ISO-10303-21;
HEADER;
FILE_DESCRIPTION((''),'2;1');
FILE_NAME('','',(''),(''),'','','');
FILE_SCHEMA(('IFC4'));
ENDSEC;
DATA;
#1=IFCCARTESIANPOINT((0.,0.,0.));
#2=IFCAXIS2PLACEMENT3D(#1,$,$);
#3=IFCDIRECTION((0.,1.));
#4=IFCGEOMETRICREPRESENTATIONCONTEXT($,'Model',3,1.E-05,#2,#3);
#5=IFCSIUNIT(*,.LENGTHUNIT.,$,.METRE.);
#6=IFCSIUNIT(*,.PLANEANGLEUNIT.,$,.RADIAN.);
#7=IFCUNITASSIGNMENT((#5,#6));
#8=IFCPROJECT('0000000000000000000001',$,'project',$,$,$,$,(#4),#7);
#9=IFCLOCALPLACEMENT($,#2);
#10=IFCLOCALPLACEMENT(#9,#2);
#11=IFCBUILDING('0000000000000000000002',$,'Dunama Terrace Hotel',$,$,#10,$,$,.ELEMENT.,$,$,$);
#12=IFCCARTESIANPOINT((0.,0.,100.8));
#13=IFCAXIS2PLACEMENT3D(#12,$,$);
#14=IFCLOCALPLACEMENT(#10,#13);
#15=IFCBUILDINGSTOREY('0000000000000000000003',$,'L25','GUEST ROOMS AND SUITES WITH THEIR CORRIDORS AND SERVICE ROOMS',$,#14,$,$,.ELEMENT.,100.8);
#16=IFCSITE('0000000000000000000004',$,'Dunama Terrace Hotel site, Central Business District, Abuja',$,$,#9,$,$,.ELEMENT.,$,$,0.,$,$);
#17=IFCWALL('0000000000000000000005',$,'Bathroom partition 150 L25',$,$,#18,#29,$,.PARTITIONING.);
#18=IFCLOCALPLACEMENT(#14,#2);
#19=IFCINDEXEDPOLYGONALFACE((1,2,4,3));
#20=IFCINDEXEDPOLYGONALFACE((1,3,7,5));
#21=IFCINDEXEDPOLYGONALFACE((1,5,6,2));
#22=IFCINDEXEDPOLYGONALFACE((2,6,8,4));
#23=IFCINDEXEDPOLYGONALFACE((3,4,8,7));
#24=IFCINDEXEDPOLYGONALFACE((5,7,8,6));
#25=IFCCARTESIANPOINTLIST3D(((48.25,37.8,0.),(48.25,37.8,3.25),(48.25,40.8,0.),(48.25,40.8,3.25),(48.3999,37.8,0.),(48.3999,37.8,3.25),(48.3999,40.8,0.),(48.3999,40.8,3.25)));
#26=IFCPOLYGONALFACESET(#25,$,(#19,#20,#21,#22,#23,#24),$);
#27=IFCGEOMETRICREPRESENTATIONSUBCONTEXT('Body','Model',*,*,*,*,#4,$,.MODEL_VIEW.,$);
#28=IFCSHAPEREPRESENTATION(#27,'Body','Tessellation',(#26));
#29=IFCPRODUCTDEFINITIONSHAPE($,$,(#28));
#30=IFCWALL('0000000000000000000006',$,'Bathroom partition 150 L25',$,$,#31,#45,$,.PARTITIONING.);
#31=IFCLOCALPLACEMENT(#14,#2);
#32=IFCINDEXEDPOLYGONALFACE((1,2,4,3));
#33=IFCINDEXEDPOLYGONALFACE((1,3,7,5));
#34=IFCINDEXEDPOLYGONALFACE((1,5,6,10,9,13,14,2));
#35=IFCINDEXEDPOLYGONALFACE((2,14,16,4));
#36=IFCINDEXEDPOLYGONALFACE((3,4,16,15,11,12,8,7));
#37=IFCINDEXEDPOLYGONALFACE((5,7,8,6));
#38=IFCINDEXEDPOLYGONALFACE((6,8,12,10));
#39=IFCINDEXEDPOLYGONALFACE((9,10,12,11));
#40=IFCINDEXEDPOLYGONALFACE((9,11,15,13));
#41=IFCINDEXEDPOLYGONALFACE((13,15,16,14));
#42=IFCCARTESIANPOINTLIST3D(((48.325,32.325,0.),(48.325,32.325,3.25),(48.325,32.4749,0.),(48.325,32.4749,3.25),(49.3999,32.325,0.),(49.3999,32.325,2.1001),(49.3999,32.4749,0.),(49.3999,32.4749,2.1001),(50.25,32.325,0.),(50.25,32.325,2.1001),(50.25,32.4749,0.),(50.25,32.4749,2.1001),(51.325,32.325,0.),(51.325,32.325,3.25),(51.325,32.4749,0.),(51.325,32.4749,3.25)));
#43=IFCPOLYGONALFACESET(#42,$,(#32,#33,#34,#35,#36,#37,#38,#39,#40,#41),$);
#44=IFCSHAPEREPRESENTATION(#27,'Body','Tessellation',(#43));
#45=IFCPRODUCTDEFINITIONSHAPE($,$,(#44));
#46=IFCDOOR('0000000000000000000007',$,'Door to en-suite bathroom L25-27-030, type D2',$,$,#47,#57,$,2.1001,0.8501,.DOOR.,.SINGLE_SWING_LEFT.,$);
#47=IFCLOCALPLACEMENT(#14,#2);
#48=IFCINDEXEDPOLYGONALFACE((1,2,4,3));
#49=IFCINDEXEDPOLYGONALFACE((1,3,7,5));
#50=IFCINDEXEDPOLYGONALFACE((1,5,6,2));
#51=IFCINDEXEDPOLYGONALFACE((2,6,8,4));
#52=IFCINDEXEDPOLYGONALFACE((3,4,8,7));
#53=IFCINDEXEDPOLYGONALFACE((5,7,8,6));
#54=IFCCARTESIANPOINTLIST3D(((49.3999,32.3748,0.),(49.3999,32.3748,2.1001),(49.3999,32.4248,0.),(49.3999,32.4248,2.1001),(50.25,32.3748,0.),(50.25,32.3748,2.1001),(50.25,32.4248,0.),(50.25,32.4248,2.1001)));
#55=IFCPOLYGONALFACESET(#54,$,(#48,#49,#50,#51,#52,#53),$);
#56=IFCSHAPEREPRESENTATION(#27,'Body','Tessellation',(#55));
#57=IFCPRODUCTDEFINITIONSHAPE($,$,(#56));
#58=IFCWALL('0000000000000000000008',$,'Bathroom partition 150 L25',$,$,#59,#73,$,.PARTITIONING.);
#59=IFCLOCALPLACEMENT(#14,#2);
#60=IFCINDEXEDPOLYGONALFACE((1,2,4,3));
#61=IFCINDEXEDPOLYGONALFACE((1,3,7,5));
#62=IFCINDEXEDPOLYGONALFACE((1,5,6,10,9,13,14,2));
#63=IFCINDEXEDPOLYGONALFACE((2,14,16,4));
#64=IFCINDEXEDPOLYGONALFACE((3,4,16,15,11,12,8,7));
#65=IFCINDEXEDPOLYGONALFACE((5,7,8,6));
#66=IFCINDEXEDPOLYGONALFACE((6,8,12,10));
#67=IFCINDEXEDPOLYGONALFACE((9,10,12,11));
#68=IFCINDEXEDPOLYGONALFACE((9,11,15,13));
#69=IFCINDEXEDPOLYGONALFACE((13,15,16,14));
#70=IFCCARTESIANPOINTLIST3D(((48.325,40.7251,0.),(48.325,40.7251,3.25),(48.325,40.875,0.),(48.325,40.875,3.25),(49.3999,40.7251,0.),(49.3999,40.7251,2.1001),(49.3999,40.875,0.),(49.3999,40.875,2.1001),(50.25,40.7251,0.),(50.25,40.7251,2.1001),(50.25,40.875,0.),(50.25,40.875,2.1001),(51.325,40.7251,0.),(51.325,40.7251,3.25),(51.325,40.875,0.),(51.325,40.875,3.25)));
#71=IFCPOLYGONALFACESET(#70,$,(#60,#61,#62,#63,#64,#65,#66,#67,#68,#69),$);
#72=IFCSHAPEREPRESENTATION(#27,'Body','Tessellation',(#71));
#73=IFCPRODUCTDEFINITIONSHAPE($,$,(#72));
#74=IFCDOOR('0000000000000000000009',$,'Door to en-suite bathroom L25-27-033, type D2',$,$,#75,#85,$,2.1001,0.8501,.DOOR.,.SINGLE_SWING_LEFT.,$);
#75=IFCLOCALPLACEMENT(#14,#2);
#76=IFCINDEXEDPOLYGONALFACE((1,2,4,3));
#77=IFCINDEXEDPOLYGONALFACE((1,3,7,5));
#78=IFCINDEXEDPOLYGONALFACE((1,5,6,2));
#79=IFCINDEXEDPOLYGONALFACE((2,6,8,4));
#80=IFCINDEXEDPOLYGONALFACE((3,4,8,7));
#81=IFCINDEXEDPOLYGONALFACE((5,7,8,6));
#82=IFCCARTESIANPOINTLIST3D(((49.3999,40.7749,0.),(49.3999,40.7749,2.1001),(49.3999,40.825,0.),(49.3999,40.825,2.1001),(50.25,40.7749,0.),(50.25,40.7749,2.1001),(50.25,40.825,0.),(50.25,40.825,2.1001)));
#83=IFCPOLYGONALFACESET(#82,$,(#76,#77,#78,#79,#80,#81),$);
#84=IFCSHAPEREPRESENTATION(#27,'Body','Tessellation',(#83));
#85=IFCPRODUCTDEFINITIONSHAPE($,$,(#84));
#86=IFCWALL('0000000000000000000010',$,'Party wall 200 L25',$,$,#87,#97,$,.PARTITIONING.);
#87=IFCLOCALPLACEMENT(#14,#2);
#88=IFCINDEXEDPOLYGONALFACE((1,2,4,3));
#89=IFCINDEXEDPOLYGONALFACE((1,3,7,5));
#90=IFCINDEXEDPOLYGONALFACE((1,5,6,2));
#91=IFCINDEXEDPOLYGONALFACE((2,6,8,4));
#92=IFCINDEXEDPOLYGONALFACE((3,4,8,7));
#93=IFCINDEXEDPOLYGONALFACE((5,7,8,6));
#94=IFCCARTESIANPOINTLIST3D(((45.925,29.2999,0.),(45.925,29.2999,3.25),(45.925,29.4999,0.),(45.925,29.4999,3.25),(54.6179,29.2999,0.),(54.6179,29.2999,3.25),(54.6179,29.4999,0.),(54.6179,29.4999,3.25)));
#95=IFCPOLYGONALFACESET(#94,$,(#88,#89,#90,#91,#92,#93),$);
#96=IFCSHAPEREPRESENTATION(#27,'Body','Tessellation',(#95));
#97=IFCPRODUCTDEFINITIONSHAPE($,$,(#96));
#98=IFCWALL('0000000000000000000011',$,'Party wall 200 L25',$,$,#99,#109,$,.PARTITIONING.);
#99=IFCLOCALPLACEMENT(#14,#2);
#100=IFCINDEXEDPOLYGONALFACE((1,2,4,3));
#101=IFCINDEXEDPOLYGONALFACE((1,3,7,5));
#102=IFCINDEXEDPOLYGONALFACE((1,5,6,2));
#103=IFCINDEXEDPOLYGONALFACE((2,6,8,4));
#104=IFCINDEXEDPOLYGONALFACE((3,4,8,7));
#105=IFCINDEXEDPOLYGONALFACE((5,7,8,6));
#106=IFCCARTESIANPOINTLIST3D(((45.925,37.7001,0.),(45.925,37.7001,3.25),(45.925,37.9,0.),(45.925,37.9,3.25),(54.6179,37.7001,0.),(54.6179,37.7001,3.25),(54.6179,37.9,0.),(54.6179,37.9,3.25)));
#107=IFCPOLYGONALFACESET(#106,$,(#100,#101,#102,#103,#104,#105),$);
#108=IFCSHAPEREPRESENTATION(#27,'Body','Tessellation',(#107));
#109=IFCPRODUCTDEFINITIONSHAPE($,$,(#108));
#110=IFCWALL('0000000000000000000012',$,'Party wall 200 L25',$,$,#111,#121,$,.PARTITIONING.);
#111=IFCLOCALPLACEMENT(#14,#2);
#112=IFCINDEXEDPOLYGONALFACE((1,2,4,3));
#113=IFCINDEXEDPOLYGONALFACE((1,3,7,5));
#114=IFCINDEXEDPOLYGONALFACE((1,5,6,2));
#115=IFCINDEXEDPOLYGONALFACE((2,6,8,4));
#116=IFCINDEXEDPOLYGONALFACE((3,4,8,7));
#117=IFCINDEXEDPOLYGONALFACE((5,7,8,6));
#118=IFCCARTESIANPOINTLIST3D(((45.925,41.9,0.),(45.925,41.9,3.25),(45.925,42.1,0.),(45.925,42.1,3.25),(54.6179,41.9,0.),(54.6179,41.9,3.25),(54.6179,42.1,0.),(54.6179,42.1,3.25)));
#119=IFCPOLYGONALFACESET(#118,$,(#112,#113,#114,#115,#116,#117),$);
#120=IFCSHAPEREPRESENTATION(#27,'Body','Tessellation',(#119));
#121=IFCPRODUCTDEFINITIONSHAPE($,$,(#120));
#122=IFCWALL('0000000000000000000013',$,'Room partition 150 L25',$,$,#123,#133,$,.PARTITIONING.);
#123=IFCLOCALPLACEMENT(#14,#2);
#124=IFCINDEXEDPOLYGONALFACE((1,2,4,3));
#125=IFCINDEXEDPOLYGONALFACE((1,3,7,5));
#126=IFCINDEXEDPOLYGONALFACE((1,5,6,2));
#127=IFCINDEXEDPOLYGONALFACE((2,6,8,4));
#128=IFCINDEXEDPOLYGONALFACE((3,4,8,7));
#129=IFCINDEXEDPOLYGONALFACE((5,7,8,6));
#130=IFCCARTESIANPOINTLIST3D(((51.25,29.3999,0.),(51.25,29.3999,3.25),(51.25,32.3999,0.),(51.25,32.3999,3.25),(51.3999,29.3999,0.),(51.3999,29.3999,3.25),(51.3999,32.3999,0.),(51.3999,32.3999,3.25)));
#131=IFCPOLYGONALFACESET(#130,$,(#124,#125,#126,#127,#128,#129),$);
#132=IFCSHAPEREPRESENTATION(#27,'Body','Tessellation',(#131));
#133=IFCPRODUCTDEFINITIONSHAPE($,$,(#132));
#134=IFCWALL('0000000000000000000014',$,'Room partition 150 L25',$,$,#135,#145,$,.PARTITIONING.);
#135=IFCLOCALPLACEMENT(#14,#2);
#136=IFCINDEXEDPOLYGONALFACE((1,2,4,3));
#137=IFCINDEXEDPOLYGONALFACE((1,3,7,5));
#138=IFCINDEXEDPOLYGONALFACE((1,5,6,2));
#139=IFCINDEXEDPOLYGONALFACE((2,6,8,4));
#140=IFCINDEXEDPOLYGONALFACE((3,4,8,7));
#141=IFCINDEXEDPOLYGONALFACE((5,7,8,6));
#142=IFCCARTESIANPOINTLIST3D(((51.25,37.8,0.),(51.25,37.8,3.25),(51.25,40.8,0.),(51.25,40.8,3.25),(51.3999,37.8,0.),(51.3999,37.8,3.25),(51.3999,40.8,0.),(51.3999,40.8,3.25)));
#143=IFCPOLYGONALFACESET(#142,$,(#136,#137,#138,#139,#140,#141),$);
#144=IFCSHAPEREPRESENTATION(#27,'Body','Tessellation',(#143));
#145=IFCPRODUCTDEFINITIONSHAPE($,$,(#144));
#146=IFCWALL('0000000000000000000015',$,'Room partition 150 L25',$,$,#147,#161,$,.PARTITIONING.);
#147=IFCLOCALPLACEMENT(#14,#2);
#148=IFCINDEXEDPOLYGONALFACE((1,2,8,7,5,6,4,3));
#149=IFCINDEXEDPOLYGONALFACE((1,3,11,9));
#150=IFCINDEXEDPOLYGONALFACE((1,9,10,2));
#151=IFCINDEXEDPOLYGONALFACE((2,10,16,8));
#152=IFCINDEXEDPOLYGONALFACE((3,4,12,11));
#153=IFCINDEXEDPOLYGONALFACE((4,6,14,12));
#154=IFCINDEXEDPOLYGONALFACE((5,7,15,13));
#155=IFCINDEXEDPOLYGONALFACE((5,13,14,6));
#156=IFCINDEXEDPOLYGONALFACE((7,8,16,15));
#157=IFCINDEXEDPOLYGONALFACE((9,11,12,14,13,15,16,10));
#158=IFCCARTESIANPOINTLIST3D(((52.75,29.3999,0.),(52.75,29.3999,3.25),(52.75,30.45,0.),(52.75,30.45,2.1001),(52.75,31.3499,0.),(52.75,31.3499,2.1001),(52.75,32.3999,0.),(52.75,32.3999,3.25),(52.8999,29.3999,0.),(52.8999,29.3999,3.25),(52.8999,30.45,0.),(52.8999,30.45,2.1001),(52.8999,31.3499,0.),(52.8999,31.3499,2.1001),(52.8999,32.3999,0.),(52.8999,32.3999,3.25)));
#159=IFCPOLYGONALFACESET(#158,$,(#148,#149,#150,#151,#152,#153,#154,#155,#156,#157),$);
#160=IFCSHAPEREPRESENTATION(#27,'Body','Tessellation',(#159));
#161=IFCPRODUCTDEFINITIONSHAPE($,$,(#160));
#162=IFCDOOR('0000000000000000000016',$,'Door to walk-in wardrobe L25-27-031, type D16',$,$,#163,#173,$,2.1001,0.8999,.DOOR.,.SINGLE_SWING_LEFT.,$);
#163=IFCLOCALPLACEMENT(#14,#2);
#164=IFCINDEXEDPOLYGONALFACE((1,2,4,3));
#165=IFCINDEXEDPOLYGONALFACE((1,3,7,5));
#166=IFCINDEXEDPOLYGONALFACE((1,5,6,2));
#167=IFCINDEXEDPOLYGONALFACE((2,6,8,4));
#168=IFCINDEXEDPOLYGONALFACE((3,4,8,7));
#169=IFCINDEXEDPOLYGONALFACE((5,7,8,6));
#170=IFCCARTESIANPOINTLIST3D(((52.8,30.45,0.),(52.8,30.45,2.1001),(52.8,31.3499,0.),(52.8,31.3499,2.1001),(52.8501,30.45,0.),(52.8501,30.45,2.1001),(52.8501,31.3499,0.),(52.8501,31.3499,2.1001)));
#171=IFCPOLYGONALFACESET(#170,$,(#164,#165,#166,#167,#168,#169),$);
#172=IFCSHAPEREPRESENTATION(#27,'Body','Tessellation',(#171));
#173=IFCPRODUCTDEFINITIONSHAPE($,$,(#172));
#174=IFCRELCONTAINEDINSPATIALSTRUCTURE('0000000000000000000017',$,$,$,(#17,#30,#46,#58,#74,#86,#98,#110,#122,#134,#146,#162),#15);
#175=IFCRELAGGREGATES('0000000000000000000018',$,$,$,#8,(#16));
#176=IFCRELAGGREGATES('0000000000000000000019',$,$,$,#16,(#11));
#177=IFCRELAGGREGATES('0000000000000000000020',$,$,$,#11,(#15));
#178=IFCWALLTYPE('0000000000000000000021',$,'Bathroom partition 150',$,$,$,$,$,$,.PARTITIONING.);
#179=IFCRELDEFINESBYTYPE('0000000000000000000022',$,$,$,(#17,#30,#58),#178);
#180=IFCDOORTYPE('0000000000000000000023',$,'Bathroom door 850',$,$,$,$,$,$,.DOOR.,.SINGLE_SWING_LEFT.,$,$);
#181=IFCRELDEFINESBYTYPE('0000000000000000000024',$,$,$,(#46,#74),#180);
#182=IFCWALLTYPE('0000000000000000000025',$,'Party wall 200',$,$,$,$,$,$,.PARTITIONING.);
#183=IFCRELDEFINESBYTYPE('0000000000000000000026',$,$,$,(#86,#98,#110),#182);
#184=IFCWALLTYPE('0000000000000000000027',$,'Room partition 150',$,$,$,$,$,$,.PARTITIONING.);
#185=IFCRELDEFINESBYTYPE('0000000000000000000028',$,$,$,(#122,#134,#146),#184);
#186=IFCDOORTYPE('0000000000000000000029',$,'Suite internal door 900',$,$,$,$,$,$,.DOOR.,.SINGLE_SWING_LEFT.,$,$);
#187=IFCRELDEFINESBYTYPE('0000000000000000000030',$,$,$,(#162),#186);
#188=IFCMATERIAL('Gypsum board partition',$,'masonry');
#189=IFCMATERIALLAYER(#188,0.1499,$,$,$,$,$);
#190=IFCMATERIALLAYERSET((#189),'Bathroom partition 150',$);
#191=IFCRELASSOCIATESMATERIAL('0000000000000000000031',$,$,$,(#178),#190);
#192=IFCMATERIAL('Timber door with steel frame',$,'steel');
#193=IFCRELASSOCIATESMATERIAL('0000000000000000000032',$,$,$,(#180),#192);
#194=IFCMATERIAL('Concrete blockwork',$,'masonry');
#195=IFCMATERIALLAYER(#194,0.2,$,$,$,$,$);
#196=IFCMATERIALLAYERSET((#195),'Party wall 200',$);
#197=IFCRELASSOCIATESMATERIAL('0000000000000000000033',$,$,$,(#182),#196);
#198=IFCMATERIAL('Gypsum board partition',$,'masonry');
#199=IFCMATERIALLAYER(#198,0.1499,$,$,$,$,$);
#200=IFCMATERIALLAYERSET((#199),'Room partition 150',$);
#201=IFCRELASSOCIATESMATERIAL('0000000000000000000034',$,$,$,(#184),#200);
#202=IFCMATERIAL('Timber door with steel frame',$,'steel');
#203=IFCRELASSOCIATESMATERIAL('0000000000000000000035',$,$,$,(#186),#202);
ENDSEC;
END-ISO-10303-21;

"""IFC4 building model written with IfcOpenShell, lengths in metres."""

from ifc_helpers import new_model, si_unit, direction, frame, frame_2d, origin, place, context, subcontext, project, spatial, rectangle, extrude, material, layer, layer_set, type_object, element, fill, save


model = new_model("IFC4")

# Units and contexts
model_context = context("Model", 3, precision=1e-05, world=origin(), true_north=direction((0.0, 1.0)))
body_context = subcontext(model_context, "Body", "Model", "MODEL_VIEW")
ifc_project = project(units=[si_unit("LENGTHUNIT", "METRE"), si_unit("PLANEANGLEUNIT", "RADIAN")], contexts=[model_context])

# Site, building, storey
site_placement = place(None, origin())
site = spatial("IfcSite", under=ifc_project, at=site_placement, Name="Dunama Terrace Hotel site, Central Business District, Abuja", CompositionType="ELEMENT", RefElevation=0.0)
building_placement = place(site_placement, origin())
building = spatial("IfcBuilding", under=site, at=building_placement, Name="Dunama Terrace Hotel", CompositionType="ELEMENT")
storey_placement = place(building_placement, frame((0.0, 0.0, 100.8)))
storey = spatial("IfcBuildingStorey", under=building, at=storey_placement, Name="L25", Description="GUEST ROOMS AND SUITES WITH THEIR CORRIDORS AND SERVICE ROOMS", CompositionType="ELEMENT", Elevation=100.8)

# Wall
ifc_material_1 = material(Name="Gypsum board partition", Category="masonry")
ifc_layer_1 = layer(ifc_material_1, 0.1499)
ifc_layer_set_1 = layer_set([ifc_layer_1], Name="Bathroom partition 150")
wall_type_1 = type_object("IfcWallType", Name="Bathroom partition 150", PredefinedType="PARTITIONING", material=ifc_layer_set_1)
for number, where, z_axis, x_axis, name in (
    (1, (48.325, 37.8, 0.0), (0.0, 0.0, 1.0), (0.0, 1.0, 0.0), "Bathroom partition 150 L25"),
):
    element("IfcWall", number, at=place(storey_placement, frame(where, z_axis=z_axis, x_axis=x_axis)), inside=storey, type_object=wall_type_1, Name=name, PredefinedType="PARTITIONING", context=body_context, shape_type="SweptSolid", body=[
        extrude(rectangle(XDim=3.0, YDim=0.1499, at=frame_2d((1.5, 0.0))), origin(), (0.0, 0.0, 1.0), 3.25),
    ])

# Walls, openings, doors
wall_1_placement = place(storey_placement, frame((48.325, 32.3999, 0.0), z_axis=(0.0, 0.0, 1.0), x_axis=(1.0, 0.0, 0.0)))
wall_1 = element("IfcWall", 2, at=wall_1_placement, inside=storey, type_object=wall_type_1, Name="Bathroom partition 150 L25", PredefinedType="PARTITIONING", context=body_context, shape_type="SweptSolid", body=[
    extrude(rectangle(XDim=3.0, YDim=0.1499, at=frame_2d((1.5, 0.0))), origin(), (0.0, 0.0, 1.0), 3.25),
])
opening_1_placement = place(wall_1_placement, frame((1.075, 0.0, 0.0)))
opening_1 = element("IfcOpeningElement", 3, at=opening_1_placement, cuts=wall_1, PredefinedType="OPENING", context=body_context, shape_type="SweptSolid", body=[
    extrude(rectangle(XDim=0.8501, YDim=2.1001, at=frame_2d((0.425, 1.05))), frame((0.0, 0.085, 0.0), z_axis=(0.0, -1.0, 0.0), x_axis=(1.0, 0.0, 0.0)), (0.0, 0.0, 1.0), 0.1699),
])
ifc_material_2 = material(Name="Timber door with steel frame", Category="steel")
door_type_1 = type_object("IfcDoorType", Name="Bathroom door 850", OperationType="SINGLE_SWING_LEFT", PredefinedType="DOOR", material=ifc_material_2)
door_1_placement = place(opening_1_placement, frame((0.8501, 0.0, 0.0), z_axis=(0.0, 0.0, 1.0), x_axis=(-1.0, 0.0, 0.0)))
door_1 = element("IfcDoor", 4, at=door_1_placement, inside=storey, type_object=door_type_1, Name="Door to en-suite bathroom L25-27-030, type D2", OperationType="SINGLE_SWING_LEFT", OverallHeight=2.1001, OverallWidth=0.8501, PredefinedType="DOOR", context=body_context, shape_type="SweptSolid", body=[
    extrude(rectangle(XDim=0.8501, YDim=2.1001, at=frame_2d((0.425, 1.05))), frame((0.0, 0.0251, 0.0), z_axis=(0.0, -1.0, 0.0), x_axis=(1.0, 0.0, 0.0)), (0.0, 0.0, 1.0), 0.05),
])
fill(opening_1, door_1)
wall_2_placement = place(storey_placement, frame((48.325, 40.8, 0.0), z_axis=(0.0, 0.0, 1.0), x_axis=(1.0, 0.0, 0.0)))
wall_2 = element("IfcWall", 5, at=wall_2_placement, inside=storey, type_object=wall_type_1, Name="Bathroom partition 150 L25", PredefinedType="PARTITIONING", context=body_context, shape_type="SweptSolid", body=[
    extrude(rectangle(XDim=3.0, YDim=0.1499, at=frame_2d((1.5, 0.0))), origin(), (0.0, 0.0, 1.0), 3.25),
])
opening_2_placement = place(wall_2_placement, frame((1.075, 0.0, 0.0)))
opening_2 = element("IfcOpeningElement", 6, at=opening_2_placement, cuts=wall_2, PredefinedType="OPENING", context=body_context, shape_type="SweptSolid", body=[
    extrude(rectangle(XDim=0.8501, YDim=2.1001, at=frame_2d((0.425, 1.05))), frame((0.0, 0.085, 0.0), z_axis=(0.0, -1.0, 0.0), x_axis=(1.0, 0.0, 0.0)), (0.0, 0.0, 1.0), 0.1699),
])
door_2_placement = place(opening_2_placement, frame((0.8501, 0.0, 0.0), z_axis=(0.0, 0.0, 1.0), x_axis=(-1.0, 0.0, 0.0)))
door_2 = element("IfcDoor", 7, at=door_2_placement, inside=storey, type_object=door_type_1, Name="Door to en-suite bathroom L25-27-033, type D2", OperationType="SINGLE_SWING_LEFT", OverallHeight=2.1001, OverallWidth=0.8501, PredefinedType="DOOR", context=body_context, shape_type="SweptSolid", body=[
    extrude(rectangle(XDim=0.8501, YDim=2.1001, at=frame_2d((0.425, 1.05))), frame((0.0, 0.0251, 0.0), z_axis=(0.0, -1.0, 0.0), x_axis=(1.0, 0.0, 0.0)), (0.0, 0.0, 1.0), 0.05),
])
fill(opening_2, door_2)

# Walls
ifc_material_3 = material(Name="Concrete blockwork", Category="masonry")
ifc_layer_2 = layer(ifc_material_3, 0.2)
ifc_layer_set_2 = layer_set([ifc_layer_2], Name="Party wall 200")
wall_type_2 = type_object("IfcWallType", Name="Party wall 200", PredefinedType="PARTITIONING", material=ifc_layer_set_2)
for number, where, z_axis, x_axis, name in (
    (8, (45.925, 29.3999, 0.0), (0.0, 0.0, 1.0), (1.0, 0.0, 0.0), "Party wall 200 L25"),
    (9, (45.925, 37.8, 0.0), (0.0, 0.0, 1.0), (1.0, 0.0, 0.0), "Party wall 200 L25"),
    (10, (45.925, 42.0, 0.0), (0.0, 0.0, 1.0), (1.0, 0.0, 0.0), "Party wall 200 L25"),
):
    element("IfcWall", number, at=place(storey_placement, frame(where, z_axis=z_axis, x_axis=x_axis)), inside=storey, type_object=wall_type_2, Name=name, PredefinedType="PARTITIONING", context=body_context, shape_type="SweptSolid", body=[
        extrude(rectangle(XDim=8.6929, YDim=0.2, at=frame_2d((4.3464, 0.0))), origin(), (0.0, 0.0, 1.0), 3.25),
    ])
ifc_material_4 = material(Name="Gypsum board partition", Category="masonry")
ifc_layer_3 = layer(ifc_material_4, 0.1499)
ifc_layer_set_3 = layer_set([ifc_layer_3], Name="Room partition 150")
wall_type_3 = type_object("IfcWallType", Name="Room partition 150", PredefinedType="PARTITIONING", material=ifc_layer_set_3)
for number, where, z_axis, x_axis, name in (
    (11, (51.325, 29.3999, 0.0), (0.0, 0.0, 1.0), (0.0, 1.0, 0.0), "Room partition 150 L25"),
    (12, (51.325, 37.8, 0.0), (0.0, 0.0, 1.0), (0.0, 1.0, 0.0), "Room partition 150 L25"),
):
    element("IfcWall", number, at=place(storey_placement, frame(where, z_axis=z_axis, x_axis=x_axis)), inside=storey, type_object=wall_type_3, Name=name, PredefinedType="PARTITIONING", context=body_context, shape_type="SweptSolid", body=[
        extrude(rectangle(XDim=3.0, YDim=0.1499, at=frame_2d((1.5, 0.0))), origin(), (0.0, 0.0, 1.0), 3.25),
    ])

# Wall, opening, door
wall_3_placement = place(storey_placement, frame((52.825, 29.3999, 0.0), z_axis=(0.0, 0.0, 1.0), x_axis=(0.0, 1.0, 0.0)))
wall_3 = element("IfcWall", 13, at=wall_3_placement, inside=storey, type_object=wall_type_3, Name="Room partition 150 L25", PredefinedType="PARTITIONING", context=body_context, shape_type="SweptSolid", body=[
    extrude(rectangle(XDim=3.0, YDim=0.1499, at=frame_2d((1.5, 0.0))), origin(), (0.0, 0.0, 1.0), 3.25),
])
opening_3_placement = place(wall_3_placement, frame((1.05, 0.0, 0.0)))
opening_3 = element("IfcOpeningElement", 14, at=opening_3_placement, cuts=wall_3, PredefinedType="OPENING", context=body_context, shape_type="SweptSolid", body=[
    extrude(rectangle(XDim=0.8999, YDim=2.1001, at=frame_2d((0.45, 1.05))), frame((0.0, 0.085, 0.0), z_axis=(0.0, -1.0, 0.0), x_axis=(1.0, 0.0, 0.0)), (0.0, 0.0, 1.0), 0.1699),
])
ifc_material_5 = material(Name="Timber door with steel frame", Category="steel")
door_type_2 = type_object("IfcDoorType", Name="Suite internal door 900", OperationType="SINGLE_SWING_LEFT", PredefinedType="DOOR", material=ifc_material_5)
door_3_placement = place(opening_3_placement, origin())
door_3 = element("IfcDoor", 15, at=door_3_placement, inside=storey, type_object=door_type_2, Name="Door to walk-in wardrobe L25-27-031, type D16", OperationType="SINGLE_SWING_LEFT", OverallHeight=2.1001, OverallWidth=0.8999, PredefinedType="DOOR", context=body_context, shape_type="SweptSolid", body=[
    extrude(rectangle(XDim=0.8999, YDim=2.1001, at=frame_2d((0.45, 1.05))), frame((0.0, 0.0249, 0.0), z_axis=(0.0, -1.0, 0.0), x_axis=(1.0, 0.0, 0.0)), (0.0, 0.0, 1.0), 0.05),
])
fill(opening_3, door_3)

save(model, "model.ifc")
